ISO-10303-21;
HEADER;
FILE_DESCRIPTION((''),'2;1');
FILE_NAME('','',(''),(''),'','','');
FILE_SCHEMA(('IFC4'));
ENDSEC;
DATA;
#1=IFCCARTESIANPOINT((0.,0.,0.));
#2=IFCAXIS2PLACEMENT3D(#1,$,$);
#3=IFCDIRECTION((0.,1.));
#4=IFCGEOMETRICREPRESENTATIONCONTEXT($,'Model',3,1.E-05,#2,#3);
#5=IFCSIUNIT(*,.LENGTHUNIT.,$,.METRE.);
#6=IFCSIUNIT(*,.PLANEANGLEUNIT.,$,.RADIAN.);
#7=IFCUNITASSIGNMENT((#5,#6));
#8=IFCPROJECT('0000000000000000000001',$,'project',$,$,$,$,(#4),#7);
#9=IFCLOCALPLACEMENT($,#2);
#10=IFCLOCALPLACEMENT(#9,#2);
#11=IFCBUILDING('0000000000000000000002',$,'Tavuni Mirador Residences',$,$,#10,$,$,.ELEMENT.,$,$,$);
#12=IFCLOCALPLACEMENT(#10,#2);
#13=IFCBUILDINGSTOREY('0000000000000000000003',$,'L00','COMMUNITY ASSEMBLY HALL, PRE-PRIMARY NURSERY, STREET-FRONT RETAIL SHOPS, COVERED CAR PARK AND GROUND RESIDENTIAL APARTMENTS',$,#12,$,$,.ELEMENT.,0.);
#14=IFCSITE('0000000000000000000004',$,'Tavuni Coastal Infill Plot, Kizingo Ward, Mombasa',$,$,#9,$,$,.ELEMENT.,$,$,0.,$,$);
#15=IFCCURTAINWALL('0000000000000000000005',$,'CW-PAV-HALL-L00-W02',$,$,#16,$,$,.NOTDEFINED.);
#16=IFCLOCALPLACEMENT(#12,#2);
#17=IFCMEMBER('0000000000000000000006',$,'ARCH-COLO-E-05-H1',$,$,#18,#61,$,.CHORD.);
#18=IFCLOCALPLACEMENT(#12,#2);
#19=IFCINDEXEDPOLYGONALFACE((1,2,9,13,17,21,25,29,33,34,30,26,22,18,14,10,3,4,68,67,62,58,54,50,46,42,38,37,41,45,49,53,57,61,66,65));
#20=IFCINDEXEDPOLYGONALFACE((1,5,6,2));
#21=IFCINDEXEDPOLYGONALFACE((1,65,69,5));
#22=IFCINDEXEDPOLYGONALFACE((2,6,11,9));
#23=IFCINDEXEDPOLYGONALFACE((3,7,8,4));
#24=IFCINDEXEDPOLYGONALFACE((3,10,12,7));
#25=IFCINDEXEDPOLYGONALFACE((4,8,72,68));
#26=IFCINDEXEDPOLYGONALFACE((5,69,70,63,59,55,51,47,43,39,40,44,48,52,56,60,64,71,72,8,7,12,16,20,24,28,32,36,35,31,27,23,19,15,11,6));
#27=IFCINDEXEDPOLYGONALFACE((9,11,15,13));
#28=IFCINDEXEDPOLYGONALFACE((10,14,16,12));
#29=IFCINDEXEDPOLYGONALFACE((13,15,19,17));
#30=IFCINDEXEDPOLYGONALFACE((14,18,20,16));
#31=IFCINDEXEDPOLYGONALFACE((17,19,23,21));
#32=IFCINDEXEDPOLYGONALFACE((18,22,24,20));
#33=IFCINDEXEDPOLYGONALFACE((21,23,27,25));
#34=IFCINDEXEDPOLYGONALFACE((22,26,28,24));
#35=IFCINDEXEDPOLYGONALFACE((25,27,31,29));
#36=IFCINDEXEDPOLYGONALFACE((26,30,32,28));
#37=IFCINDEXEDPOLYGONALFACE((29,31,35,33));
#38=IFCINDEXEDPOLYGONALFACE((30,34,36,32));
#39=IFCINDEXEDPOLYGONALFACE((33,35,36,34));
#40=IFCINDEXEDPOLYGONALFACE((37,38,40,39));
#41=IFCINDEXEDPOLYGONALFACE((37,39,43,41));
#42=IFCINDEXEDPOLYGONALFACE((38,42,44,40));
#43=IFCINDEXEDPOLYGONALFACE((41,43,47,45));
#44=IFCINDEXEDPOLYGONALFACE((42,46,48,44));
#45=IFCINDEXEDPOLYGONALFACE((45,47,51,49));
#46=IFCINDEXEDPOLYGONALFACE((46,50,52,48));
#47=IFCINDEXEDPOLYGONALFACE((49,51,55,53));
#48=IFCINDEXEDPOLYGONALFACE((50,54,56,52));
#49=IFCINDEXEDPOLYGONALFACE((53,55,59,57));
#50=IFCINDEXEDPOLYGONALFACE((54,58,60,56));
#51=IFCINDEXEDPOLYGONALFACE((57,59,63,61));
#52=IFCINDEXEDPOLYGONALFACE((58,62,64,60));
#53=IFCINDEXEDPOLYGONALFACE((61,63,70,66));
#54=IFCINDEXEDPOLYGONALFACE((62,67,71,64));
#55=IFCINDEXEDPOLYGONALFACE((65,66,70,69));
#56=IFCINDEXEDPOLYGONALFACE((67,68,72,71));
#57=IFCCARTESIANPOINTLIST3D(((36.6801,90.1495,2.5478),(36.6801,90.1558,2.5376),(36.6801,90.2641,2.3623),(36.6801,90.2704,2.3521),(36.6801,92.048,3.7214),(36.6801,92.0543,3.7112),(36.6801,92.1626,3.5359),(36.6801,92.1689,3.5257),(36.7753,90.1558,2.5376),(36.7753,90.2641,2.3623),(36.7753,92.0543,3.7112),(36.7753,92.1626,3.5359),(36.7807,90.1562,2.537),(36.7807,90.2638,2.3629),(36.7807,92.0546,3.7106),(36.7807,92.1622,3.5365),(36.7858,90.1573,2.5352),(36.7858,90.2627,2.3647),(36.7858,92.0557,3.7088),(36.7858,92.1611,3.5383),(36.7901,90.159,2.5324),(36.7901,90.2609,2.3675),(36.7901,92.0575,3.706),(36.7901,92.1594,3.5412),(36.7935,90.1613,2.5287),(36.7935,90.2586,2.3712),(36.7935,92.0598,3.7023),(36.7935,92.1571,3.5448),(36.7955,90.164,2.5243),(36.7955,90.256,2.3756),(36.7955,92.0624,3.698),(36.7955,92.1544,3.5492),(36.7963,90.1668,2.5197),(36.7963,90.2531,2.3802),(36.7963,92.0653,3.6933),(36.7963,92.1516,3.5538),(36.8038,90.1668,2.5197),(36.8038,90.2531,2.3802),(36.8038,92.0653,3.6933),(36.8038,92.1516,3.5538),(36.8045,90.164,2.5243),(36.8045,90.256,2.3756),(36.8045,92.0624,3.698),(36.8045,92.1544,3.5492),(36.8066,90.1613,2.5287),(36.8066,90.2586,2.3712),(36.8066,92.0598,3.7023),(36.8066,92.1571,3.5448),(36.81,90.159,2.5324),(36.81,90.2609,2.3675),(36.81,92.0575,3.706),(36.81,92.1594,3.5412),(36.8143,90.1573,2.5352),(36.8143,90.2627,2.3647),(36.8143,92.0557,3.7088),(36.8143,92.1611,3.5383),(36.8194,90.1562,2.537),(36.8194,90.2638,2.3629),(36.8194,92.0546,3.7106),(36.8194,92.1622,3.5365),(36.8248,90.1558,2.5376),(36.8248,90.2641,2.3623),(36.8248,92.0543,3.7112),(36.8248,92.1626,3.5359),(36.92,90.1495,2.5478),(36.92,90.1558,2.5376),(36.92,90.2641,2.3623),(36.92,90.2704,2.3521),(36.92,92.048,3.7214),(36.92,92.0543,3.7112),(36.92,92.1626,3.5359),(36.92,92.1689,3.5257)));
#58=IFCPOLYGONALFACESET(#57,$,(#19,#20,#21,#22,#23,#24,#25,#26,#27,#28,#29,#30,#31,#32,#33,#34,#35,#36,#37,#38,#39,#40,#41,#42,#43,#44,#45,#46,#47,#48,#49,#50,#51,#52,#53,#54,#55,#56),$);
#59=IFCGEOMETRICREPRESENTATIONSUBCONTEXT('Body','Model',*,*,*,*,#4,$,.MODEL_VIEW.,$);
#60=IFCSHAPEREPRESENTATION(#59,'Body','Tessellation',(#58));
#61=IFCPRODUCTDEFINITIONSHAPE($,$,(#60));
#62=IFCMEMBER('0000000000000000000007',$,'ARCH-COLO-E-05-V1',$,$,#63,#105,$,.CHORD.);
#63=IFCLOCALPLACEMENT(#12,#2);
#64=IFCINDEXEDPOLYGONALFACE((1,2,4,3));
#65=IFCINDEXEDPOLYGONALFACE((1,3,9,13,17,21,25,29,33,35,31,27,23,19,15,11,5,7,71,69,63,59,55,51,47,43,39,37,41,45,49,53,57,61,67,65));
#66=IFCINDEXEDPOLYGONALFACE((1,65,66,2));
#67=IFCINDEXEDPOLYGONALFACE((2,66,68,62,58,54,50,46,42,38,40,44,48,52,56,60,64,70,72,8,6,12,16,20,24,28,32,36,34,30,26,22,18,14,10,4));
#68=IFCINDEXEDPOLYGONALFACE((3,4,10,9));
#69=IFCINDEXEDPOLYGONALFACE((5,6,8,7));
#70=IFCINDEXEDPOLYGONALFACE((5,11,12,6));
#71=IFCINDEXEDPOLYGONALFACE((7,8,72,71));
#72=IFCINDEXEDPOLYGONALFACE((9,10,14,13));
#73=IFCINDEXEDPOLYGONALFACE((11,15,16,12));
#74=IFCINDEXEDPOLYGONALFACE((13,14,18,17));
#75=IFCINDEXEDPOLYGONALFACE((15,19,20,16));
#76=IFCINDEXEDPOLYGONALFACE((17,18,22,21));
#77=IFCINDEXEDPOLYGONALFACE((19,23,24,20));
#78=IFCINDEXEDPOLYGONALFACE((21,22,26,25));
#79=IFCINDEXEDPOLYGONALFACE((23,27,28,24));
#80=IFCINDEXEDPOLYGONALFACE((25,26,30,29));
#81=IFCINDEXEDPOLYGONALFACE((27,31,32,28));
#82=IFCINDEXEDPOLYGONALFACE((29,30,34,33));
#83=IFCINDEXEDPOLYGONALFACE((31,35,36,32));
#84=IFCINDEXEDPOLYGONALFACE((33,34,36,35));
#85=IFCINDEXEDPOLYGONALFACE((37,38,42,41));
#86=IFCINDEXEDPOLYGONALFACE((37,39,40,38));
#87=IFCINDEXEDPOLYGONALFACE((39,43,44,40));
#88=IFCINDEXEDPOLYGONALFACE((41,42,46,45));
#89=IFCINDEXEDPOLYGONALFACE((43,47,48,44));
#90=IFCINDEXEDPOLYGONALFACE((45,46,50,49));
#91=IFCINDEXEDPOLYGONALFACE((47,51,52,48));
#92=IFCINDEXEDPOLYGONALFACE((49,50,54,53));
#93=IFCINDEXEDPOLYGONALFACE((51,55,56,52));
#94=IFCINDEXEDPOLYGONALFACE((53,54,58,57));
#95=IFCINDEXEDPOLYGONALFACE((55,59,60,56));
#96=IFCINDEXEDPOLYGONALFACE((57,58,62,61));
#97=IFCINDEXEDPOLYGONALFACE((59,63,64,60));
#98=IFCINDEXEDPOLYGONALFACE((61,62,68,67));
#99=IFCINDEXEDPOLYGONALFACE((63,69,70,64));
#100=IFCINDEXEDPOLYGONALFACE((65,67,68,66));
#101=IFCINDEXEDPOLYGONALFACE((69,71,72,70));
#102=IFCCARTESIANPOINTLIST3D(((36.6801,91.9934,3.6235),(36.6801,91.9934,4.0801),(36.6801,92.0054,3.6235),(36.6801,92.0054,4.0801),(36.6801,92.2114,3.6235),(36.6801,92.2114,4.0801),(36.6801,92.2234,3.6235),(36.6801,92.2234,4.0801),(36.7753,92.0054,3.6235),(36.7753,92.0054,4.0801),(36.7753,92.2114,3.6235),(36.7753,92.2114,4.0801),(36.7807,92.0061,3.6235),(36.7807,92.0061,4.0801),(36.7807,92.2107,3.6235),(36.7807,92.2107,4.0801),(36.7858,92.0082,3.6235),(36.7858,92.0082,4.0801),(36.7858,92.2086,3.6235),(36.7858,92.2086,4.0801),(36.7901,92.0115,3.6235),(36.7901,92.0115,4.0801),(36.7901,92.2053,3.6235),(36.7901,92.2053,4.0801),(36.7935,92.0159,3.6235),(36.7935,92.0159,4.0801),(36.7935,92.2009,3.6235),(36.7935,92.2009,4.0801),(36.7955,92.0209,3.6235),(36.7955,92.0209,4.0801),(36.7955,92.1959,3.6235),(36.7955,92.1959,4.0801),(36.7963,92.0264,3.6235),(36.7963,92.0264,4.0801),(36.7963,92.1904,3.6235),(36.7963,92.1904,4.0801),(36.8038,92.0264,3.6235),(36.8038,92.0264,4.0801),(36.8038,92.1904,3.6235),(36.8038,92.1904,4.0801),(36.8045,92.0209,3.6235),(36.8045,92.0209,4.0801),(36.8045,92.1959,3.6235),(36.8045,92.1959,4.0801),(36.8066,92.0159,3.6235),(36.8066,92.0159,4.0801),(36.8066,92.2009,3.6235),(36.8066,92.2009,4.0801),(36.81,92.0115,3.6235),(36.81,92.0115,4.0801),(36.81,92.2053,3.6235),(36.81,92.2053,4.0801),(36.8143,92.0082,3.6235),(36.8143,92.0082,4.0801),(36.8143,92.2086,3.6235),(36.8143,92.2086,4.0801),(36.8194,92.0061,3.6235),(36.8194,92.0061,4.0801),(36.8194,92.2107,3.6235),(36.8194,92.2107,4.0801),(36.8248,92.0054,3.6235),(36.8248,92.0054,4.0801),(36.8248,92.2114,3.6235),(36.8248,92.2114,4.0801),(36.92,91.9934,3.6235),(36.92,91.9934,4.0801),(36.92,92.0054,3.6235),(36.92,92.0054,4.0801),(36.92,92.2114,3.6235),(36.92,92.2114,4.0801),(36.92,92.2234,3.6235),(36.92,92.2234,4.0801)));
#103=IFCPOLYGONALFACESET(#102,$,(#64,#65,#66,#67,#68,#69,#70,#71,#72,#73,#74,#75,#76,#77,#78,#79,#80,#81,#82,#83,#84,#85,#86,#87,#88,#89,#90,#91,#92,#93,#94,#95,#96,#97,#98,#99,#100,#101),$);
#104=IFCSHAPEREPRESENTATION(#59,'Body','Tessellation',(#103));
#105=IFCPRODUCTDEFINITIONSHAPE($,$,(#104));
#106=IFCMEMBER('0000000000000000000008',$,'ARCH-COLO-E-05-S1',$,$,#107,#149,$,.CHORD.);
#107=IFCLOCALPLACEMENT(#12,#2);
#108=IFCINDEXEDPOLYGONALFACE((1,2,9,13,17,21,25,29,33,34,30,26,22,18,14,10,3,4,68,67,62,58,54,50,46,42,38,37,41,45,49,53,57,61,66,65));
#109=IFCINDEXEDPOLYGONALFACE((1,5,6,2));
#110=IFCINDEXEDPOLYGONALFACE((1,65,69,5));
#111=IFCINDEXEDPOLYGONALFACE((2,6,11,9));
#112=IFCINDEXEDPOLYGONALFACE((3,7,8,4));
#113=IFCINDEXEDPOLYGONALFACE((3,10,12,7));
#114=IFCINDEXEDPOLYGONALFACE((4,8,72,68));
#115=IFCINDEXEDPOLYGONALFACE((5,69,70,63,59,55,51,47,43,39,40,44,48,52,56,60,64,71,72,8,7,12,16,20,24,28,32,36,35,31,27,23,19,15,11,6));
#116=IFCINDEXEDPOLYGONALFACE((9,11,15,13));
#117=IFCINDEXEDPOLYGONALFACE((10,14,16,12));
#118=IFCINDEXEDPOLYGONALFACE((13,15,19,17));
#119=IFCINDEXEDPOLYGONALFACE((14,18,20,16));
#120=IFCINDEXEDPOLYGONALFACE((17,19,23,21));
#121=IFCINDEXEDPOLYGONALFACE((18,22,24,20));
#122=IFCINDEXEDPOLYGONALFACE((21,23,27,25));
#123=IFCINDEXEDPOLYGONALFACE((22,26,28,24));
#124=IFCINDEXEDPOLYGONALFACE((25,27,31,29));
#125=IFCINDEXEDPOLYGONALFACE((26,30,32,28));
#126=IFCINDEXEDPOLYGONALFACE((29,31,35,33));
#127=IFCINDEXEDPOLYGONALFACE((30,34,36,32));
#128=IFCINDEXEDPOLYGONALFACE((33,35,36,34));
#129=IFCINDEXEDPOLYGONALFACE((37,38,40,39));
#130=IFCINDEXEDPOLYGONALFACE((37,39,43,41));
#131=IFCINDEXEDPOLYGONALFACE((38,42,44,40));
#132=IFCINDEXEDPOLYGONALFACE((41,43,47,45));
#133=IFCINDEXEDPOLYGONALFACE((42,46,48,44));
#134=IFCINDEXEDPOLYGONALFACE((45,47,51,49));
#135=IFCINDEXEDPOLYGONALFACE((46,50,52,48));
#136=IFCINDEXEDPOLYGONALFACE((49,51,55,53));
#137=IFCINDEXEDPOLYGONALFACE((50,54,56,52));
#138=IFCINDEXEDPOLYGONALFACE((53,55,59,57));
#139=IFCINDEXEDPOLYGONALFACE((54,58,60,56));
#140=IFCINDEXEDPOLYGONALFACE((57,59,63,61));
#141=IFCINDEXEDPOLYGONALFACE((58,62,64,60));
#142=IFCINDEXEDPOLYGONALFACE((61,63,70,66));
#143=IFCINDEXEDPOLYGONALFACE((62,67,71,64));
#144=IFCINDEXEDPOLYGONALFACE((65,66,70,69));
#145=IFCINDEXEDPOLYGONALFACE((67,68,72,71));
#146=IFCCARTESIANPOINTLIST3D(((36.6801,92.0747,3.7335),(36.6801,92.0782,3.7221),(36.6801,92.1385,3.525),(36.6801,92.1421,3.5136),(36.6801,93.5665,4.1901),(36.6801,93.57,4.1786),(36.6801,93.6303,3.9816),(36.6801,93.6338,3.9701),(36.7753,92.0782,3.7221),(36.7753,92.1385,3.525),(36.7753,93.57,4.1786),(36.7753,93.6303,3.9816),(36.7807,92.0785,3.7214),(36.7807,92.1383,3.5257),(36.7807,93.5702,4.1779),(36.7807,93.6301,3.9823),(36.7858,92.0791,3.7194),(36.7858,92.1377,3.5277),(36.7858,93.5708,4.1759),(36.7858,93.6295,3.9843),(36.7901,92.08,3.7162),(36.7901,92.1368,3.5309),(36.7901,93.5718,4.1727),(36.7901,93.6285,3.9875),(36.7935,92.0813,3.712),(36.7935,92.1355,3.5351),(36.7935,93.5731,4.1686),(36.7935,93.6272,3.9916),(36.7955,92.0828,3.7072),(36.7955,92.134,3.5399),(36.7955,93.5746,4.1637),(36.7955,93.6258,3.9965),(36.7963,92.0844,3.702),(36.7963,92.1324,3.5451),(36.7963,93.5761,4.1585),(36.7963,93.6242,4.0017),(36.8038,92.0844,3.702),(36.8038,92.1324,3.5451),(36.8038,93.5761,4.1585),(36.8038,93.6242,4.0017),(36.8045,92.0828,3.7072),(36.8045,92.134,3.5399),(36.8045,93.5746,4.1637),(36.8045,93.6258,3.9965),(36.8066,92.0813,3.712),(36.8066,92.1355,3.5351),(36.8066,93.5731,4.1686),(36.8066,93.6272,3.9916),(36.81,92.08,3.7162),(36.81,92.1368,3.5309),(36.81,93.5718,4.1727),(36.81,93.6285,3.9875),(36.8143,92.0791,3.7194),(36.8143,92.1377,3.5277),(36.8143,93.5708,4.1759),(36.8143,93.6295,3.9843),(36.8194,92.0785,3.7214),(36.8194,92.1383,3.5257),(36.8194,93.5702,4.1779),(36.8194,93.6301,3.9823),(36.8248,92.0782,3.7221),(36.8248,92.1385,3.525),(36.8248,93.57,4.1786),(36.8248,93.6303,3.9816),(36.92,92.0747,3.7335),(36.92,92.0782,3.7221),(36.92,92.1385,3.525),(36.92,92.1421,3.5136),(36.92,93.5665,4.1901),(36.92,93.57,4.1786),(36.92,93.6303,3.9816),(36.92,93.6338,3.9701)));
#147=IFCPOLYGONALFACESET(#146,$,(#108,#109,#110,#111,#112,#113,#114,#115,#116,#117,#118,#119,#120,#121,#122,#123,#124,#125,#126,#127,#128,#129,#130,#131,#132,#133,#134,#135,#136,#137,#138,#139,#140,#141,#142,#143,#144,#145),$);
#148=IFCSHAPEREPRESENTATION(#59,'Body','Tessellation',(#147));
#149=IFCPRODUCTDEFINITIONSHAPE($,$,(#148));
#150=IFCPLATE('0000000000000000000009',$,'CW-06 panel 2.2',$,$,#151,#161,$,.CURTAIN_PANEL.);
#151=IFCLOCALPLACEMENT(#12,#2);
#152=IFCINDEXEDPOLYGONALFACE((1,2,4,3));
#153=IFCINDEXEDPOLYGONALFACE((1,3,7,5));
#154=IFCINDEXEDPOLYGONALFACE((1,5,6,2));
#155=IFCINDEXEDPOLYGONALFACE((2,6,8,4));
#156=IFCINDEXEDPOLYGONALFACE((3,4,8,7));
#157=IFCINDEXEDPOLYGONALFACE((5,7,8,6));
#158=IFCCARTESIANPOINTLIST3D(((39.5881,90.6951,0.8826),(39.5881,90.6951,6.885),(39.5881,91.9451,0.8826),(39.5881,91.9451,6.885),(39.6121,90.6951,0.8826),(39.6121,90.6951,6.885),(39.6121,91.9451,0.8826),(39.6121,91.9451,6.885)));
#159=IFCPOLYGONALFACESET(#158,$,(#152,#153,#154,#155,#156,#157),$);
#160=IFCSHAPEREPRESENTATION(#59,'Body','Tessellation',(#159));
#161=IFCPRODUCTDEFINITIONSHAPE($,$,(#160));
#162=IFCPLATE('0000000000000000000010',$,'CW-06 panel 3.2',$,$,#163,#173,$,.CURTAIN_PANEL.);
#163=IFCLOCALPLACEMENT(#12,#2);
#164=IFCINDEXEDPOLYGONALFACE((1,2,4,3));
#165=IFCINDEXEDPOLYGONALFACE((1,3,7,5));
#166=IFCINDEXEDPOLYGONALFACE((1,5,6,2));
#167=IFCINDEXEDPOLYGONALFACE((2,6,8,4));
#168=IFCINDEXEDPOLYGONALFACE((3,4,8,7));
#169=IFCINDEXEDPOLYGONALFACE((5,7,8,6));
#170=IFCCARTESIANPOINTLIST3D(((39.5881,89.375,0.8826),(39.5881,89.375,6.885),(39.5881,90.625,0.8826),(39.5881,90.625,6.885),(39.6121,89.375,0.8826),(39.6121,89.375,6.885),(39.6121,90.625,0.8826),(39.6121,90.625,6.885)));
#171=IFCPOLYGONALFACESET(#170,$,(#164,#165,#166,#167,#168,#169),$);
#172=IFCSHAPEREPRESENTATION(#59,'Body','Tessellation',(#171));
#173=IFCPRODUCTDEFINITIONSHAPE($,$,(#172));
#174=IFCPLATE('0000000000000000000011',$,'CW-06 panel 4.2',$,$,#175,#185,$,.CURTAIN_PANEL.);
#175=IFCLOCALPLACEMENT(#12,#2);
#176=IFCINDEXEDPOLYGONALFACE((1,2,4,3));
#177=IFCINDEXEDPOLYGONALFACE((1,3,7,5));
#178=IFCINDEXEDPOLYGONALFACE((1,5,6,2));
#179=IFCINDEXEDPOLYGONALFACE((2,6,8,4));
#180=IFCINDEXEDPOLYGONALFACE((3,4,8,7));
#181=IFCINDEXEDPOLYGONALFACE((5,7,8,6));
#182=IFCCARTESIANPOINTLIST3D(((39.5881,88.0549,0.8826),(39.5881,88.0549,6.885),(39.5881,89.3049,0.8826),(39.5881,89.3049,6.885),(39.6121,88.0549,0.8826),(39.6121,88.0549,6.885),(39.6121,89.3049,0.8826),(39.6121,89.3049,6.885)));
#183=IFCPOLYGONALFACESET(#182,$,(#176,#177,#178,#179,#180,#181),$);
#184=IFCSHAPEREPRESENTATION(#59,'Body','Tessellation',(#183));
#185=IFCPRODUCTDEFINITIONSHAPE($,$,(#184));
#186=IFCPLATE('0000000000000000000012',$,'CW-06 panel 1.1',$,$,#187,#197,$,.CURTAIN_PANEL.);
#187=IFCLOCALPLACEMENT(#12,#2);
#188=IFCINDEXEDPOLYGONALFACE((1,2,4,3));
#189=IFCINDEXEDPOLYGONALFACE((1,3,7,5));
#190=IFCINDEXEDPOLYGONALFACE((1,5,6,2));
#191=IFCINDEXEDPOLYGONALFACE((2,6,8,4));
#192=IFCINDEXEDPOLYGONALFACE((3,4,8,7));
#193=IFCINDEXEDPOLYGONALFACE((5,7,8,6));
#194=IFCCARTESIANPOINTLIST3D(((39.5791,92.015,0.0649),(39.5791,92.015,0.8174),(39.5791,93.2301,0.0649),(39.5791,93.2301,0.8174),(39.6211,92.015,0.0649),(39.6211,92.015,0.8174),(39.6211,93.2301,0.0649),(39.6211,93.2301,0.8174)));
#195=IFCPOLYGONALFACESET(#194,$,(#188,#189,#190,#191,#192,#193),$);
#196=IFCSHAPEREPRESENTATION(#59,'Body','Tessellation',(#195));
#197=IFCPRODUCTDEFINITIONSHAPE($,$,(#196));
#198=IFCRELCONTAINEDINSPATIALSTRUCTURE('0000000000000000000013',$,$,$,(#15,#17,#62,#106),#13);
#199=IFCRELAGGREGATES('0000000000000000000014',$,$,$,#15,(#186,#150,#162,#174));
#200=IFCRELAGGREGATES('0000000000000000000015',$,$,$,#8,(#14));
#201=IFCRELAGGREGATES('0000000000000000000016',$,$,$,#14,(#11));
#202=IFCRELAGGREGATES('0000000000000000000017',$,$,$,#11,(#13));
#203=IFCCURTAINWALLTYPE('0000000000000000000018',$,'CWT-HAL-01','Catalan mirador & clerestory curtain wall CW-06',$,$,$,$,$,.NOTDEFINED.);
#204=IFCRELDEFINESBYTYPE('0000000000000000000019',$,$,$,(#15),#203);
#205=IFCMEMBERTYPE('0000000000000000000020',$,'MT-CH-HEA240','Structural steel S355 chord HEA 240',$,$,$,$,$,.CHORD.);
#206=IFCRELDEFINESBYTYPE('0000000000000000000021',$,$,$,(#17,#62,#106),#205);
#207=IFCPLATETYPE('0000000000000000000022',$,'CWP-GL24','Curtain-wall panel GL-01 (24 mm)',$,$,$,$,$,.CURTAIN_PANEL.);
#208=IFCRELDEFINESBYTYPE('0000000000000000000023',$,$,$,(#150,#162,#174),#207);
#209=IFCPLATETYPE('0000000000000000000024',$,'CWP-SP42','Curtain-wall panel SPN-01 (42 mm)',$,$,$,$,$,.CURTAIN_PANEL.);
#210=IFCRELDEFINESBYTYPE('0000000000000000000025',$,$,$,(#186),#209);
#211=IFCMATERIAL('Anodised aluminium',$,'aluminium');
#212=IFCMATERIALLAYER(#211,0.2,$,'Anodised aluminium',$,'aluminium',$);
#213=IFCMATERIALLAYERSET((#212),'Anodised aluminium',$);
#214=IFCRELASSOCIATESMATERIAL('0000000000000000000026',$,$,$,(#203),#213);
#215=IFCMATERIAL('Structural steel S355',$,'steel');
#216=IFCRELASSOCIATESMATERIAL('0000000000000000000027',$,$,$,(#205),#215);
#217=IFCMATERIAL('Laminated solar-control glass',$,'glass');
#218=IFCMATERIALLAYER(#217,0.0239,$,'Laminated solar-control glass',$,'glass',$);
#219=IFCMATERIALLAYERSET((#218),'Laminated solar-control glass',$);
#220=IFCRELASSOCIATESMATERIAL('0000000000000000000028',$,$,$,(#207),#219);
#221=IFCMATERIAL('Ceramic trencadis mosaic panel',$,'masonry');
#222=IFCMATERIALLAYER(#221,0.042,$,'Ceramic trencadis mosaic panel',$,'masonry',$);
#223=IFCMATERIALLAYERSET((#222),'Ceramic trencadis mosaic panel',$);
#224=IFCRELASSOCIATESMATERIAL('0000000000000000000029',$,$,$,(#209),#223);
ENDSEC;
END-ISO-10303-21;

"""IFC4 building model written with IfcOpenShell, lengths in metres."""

from ifc_helpers import new_model, si_unit, direction, frame, origin, origin_2d, place, context, subcontext, project, spatial, rectangle, i_section, extrude, material, layer, layer_set, material_profile, profile_set, type_object, element, aggregate, save


model = new_model("IFC4")

# Units and contexts
model_context = context("Model", 3, precision=1e-05, world=origin(), true_north=direction((0.0, 1.0)))
body_context = subcontext(model_context, "Body", "Model", "MODEL_VIEW")
ifc_project = project(units=[si_unit("LENGTHUNIT", "METRE"), si_unit("PLANEANGLEUNIT", "RADIAN")], contexts=[model_context])

# Site, building, storey
site_placement = place(None, origin())
site = spatial("IfcSite", under=ifc_project, at=site_placement, Name="Tavuni Coastal Infill Plot, Kizingo Ward, Mombasa", CompositionType="ELEMENT", RefElevation=0.0)
building_placement = place(site_placement, origin())
building = spatial("IfcBuilding", under=site, at=building_placement, Name="Tavuni Mirador Residences", CompositionType="ELEMENT")
storey_placement = place(building_placement, origin())
storey = spatial("IfcBuildingStorey", under=building, at=storey_placement, Name="L00", Description="COMMUNITY ASSEMBLY HALL, PRE-PRIMARY NURSERY, STREET-FRONT RETAIL SHOPS, COVERED CAR PARK AND GROUND RESIDENTIAL APARTMENTS", CompositionType="ELEMENT", Elevation=0.0)

# Curtain wall
ifc_material_1 = material(Name="Anodised aluminium", Category="aluminium")
ifc_layer_1 = layer(ifc_material_1, 0.2, Name="Anodised aluminium", Category="aluminium")
ifc_layer_set_1 = layer_set([ifc_layer_1], Name="Anodised aluminium")
curtain_wall_type = type_object("IfcCurtainWallType", Name="CWT-HAL-01", Description="Catalan mirador & clerestory curtain wall CW-06", PredefinedType="NOTDEFINED", material=ifc_layer_set_1)
curtain_wall_placement = place(storey_placement, origin())
curtain_wall = element("IfcCurtainWall", 1, at=curtain_wall_placement, inside=storey, type_object=curtain_wall_type, Name="CW-PAV-HALL-L00-W02", PredefinedType="NOTDEFINED")

# Members
ifc_material_2 = material(Name="Structural steel S355", Category="steel")
ifc_material_profile_1 = material_profile(ifc_material_2, i_section(OverallWidth=0.24, OverallDepth=0.23, WebThickness=0.0076, FlangeThickness=0.012, FilletRadius=0.021, at=origin_2d()), Name="HEA 240", Category="steel")
ifc_profile_set_1 = profile_set([ifc_material_profile_1], Name="Structural steel S355")
member_type_1 = type_object("IfcMemberType", Name="MT-CH-HEA240", Description="Structural steel S355 chord HEA 240", PredefinedType="CHORD", material=ifc_profile_set_1)
member_1_placement = place(storey_placement, frame((36.8, 90.21, 2.45), z_axis=(0.0, 0.850594, 0.525824), x_axis=(-1.0, 0.0, 0.0)))
element("IfcMember", 2, at=member_1_placement, inside=storey, type_object=member_type_1, Name="ARCH-COLO-E-05-H1", PredefinedType="CHORD", context=body_context, shape_type="SweptSolid", body=[
    extrude(i_section(OverallWidth=0.24, OverallDepth=0.23, WebThickness=0.0076, FlangeThickness=0.012, FilletRadius=0.021, at=origin_2d()), origin(), (0.0, 0.0, 1.0), 2.2319),
])
member_2_placement = place(storey_placement, frame((36.8, 92.1084, 3.6235), z_axis=(0.0, 0.0, 1.0), x_axis=(1.0, 0.0, 0.0)))
element("IfcMember", 3, at=member_2_placement, inside=storey, type_object=member_type_1, Name="ARCH-COLO-E-05-V1", PredefinedType="CHORD", context=body_context, shape_type="SweptSolid", body=[
    extrude(i_section(OverallWidth=0.24, OverallDepth=0.23, WebThickness=0.0076, FlangeThickness=0.012, FilletRadius=0.021, at=origin_2d()), origin(), (0.0, 0.0, 1.0), 0.4565),
])
member_3_placement = place(storey_placement, frame((36.8, 92.1084, 3.6235), z_axis=(0.0, 0.956218, 0.292656), x_axis=(-1.0, 0.0, 0.0)))
element("IfcMember", 4, at=member_3_placement, inside=storey, type_object=member_type_1, Name="ARCH-COLO-E-05-S1", PredefinedType="CHORD", context=body_context, shape_type="SweptSolid", body=[
    extrude(i_section(OverallWidth=0.24, OverallDepth=0.23, WebThickness=0.0076, FlangeThickness=0.012, FilletRadius=0.021, at=origin_2d()), origin(), (0.0, 0.0, 1.0), 1.5601),
])

# Plates
ifc_material_3 = material(Name="Laminated solar-control glass", Category="glass")
ifc_layer_2 = layer(ifc_material_3, 0.0239, Name="Laminated solar-control glass", Category="glass")
ifc_layer_set_2 = layer_set([ifc_layer_2], Name="Laminated solar-control glass")
plate_type_1 = type_object("IfcPlateType", Name="CWP-GL24", Description="Curtain-wall panel GL-01 (24 mm)", PredefinedType="CURTAIN_PANEL", material=ifc_layer_set_2)
plate_1_placement = place(storey_placement, frame((39.6001, 91.3201, 0.8826), z_axis=(0.0, 0.0, 1.0), x_axis=(0.0, -1.0, 0.0)))
plate_1 = element("IfcPlate", 5, at=plate_1_placement, type_object=plate_type_1, Name="CW-06 panel 2.2", PredefinedType="CURTAIN_PANEL", context=body_context, shape_type="SweptSolid", body=[
    extrude(rectangle(XDim=1.25, YDim=0.0239, at=origin_2d()), origin(), (0.0, 0.0, 1.0), 6.0024),
])
plate_2_placement = place(storey_placement, frame((39.6001, 90.0, 0.8826), z_axis=(0.0, 0.0, 1.0), x_axis=(0.0, -1.0, 0.0)))
plate_2 = element("IfcPlate", 6, at=plate_2_placement, type_object=plate_type_1, Name="CW-06 panel 3.2", PredefinedType="CURTAIN_PANEL", context=body_context, shape_type="SweptSolid", body=[
    extrude(rectangle(XDim=1.25, YDim=0.0239, at=origin_2d()), origin(), (0.0, 0.0, 1.0), 6.0024),
])
plate_3_placement = place(storey_placement, frame((39.6001, 88.6799, 0.8826), z_axis=(0.0, 0.0, 1.0), x_axis=(0.0, -1.0, 0.0)))
plate_3 = element("IfcPlate", 7, at=plate_3_placement, type_object=plate_type_1, Name="CW-06 panel 4.2", PredefinedType="CURTAIN_PANEL", context=body_context, shape_type="SweptSolid", body=[
    extrude(rectangle(XDim=1.25, YDim=0.0239, at=origin_2d()), origin(), (0.0, 0.0, 1.0), 6.0024),
])
ifc_material_4 = material(Name="Ceramic trencadis mosaic panel", Category="masonry")
ifc_layer_3 = layer(ifc_material_4, 0.042, Name="Ceramic trencadis mosaic panel", Category="masonry")
ifc_layer_set_3 = layer_set([ifc_layer_3], Name="Ceramic trencadis mosaic panel")
plate_type_2 = type_object("IfcPlateType", Name="CWP-SP42", Description="Curtain-wall panel SPN-01 (42 mm)", PredefinedType="CURTAIN_PANEL", material=ifc_layer_set_3)
plate_4_placement = place(storey_placement, frame((39.6001, 92.6226, 0.0649), z_axis=(0.0, 0.0, 1.0), x_axis=(0.0, -1.0, 0.0)))
plate_4 = element("IfcPlate", 8, at=plate_4_placement, type_object=plate_type_2, Name="CW-06 panel 1.1", PredefinedType="CURTAIN_PANEL", context=body_context, shape_type="SweptSolid", body=[
    extrude(rectangle(XDim=1.2151, YDim=0.042, at=origin_2d()), origin(), (0.0, 0.0, 1.0), 0.7524),
])
aggregate(curtain_wall, [plate_4, plate_1, plate_2, plate_3])

save(model, "model.ifc")
